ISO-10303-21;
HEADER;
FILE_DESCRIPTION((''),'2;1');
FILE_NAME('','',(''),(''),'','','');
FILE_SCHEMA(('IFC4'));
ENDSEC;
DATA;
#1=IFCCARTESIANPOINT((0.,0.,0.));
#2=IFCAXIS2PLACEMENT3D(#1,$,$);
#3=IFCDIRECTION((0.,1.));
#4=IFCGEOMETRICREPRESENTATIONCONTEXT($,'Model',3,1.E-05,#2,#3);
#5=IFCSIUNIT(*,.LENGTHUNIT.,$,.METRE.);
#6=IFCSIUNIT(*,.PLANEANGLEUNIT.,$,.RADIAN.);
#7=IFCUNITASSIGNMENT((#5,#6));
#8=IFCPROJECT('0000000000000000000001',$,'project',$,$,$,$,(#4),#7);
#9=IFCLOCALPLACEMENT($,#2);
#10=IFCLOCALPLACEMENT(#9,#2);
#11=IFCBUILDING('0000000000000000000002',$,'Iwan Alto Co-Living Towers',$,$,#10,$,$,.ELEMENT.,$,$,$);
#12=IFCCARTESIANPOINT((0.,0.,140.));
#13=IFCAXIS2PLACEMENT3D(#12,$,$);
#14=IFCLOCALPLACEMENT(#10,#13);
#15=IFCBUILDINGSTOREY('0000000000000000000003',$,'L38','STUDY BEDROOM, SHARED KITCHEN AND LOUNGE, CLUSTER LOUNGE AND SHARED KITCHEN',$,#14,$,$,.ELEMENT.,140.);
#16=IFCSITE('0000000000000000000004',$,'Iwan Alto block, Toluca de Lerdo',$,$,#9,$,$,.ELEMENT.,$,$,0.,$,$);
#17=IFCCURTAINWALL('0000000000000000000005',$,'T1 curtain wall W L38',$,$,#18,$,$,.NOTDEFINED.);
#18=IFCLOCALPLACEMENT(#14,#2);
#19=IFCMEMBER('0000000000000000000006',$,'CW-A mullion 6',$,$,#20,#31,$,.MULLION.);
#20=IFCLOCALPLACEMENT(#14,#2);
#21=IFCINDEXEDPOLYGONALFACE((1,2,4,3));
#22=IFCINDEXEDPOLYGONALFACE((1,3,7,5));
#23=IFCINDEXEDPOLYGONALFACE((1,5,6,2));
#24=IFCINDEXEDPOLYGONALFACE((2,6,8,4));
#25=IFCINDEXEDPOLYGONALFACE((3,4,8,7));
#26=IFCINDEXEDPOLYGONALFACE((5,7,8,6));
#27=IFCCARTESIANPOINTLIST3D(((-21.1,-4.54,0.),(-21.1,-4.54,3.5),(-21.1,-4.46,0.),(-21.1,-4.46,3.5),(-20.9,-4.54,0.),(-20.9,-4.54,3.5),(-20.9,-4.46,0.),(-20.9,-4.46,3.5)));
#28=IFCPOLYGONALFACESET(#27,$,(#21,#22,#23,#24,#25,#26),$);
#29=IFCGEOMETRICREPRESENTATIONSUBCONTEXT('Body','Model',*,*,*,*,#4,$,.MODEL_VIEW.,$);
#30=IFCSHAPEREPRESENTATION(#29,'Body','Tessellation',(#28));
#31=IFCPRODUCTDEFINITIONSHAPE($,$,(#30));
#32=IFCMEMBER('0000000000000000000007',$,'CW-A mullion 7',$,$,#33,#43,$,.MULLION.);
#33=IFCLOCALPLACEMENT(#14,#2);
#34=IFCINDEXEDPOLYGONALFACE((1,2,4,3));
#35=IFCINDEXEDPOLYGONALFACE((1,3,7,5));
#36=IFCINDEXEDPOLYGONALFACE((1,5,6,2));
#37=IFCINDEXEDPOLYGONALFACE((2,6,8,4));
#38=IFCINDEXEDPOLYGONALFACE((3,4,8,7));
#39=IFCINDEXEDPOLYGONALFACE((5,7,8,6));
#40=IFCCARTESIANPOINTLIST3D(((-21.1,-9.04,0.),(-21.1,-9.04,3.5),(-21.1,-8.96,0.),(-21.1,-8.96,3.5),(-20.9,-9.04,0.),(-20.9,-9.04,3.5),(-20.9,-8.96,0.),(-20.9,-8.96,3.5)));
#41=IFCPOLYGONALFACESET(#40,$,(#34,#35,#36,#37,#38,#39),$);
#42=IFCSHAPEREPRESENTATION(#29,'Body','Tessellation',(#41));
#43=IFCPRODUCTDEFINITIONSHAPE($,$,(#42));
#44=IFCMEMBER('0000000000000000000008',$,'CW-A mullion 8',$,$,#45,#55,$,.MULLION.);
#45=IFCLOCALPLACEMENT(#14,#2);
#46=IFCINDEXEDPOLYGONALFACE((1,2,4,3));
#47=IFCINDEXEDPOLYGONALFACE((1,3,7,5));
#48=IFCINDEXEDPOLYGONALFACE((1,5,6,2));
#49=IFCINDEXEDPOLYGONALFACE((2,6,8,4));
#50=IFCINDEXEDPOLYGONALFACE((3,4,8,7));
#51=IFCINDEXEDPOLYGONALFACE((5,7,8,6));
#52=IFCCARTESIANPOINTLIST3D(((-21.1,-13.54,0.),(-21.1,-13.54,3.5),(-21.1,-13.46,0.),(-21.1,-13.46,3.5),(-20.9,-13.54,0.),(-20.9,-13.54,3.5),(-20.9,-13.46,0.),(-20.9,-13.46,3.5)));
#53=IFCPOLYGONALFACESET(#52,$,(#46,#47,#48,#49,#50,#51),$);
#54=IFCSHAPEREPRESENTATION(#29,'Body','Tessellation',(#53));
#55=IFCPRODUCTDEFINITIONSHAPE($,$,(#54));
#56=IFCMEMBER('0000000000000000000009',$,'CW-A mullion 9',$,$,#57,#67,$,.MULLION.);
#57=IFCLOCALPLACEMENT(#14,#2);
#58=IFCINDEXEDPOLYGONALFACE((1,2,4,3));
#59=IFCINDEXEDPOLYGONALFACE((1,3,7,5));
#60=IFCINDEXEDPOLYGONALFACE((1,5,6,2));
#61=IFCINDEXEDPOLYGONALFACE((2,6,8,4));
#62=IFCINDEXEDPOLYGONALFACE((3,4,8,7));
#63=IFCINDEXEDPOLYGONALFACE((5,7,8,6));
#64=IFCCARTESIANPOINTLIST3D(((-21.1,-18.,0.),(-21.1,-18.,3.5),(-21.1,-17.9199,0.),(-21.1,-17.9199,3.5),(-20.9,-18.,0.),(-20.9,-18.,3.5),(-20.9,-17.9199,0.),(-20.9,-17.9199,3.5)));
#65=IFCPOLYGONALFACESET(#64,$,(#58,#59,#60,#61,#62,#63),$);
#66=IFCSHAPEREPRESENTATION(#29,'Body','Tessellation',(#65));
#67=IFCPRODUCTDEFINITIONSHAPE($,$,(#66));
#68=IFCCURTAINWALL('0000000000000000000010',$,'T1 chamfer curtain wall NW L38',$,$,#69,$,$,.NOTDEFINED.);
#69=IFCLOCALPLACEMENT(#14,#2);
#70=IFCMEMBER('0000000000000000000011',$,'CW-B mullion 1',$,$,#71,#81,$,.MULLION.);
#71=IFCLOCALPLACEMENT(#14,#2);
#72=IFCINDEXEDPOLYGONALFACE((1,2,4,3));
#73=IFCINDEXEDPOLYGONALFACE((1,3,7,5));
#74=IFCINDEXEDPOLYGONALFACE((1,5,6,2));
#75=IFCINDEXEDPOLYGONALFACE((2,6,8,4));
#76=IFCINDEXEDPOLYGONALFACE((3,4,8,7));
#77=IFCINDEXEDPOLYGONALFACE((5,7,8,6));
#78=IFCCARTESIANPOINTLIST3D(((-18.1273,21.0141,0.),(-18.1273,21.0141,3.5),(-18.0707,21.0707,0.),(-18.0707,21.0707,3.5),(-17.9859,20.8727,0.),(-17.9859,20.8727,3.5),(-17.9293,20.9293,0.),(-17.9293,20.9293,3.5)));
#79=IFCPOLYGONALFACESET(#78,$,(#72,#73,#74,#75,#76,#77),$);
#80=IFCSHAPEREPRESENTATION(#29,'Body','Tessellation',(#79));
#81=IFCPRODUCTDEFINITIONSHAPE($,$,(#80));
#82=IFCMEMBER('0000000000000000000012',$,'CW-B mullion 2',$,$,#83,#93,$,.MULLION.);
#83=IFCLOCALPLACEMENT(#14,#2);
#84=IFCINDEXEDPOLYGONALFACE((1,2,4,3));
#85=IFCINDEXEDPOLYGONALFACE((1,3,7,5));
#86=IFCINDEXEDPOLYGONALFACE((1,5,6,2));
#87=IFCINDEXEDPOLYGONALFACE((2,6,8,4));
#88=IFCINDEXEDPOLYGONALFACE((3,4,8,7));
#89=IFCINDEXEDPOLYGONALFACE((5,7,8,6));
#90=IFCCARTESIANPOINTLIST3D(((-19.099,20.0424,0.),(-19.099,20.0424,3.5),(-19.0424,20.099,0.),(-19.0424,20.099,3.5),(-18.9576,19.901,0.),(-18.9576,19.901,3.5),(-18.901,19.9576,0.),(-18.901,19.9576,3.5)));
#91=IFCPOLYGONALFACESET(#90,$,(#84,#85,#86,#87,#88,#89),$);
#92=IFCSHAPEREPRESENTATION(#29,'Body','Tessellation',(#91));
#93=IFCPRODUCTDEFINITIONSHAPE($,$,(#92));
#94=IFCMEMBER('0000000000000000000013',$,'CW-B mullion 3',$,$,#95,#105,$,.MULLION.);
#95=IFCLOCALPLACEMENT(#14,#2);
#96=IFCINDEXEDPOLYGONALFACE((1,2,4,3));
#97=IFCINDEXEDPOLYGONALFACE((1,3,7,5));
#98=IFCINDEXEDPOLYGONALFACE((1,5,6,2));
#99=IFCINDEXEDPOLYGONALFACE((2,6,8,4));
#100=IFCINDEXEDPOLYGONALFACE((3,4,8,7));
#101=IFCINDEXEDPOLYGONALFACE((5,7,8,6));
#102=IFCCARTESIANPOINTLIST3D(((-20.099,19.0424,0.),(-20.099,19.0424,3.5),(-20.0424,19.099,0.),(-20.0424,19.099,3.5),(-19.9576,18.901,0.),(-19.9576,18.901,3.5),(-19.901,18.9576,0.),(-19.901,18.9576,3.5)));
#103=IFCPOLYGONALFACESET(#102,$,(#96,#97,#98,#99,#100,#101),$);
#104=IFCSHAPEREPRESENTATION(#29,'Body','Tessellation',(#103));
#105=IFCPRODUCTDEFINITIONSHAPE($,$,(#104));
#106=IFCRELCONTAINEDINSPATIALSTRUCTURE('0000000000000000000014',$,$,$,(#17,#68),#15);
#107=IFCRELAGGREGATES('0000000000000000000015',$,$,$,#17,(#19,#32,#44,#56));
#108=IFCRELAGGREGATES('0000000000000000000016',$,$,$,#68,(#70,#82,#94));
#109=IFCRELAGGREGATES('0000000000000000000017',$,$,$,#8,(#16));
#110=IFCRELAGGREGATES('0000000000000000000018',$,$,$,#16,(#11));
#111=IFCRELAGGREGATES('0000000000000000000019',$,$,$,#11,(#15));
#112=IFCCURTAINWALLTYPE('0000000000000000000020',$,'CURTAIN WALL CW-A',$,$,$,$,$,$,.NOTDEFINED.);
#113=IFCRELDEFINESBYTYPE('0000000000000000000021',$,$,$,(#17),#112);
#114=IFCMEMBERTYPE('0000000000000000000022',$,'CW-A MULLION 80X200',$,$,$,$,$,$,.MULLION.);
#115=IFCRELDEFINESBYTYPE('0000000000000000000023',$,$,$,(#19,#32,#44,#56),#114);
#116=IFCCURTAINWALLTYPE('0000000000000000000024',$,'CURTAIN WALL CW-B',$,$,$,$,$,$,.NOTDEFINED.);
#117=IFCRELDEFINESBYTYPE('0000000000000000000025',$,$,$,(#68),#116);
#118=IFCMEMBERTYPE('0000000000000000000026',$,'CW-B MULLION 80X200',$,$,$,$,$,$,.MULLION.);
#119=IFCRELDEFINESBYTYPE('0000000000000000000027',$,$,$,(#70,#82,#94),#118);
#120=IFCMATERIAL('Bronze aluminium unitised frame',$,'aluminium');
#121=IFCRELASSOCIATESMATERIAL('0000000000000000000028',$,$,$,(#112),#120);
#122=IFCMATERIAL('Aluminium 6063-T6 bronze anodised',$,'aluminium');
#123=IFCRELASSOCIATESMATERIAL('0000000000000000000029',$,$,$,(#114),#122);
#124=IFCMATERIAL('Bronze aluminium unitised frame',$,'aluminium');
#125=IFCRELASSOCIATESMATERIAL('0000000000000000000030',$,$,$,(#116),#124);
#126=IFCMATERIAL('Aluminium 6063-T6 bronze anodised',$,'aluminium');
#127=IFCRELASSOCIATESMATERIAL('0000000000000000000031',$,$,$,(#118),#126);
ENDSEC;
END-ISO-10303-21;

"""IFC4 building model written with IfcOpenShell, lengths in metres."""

from ifc_helpers import new_model, si_unit, direction, frame, origin, origin_2d, place, context, subcontext, project, spatial, rectangle, extrude, material, material_profile, profile_set, type_object, element, aggregate, save


model = new_model("IFC4")

# Units and contexts
model_context = context("Model", 3, precision=1e-05, world=origin(), true_north=direction((0.0, 1.0)))
body_context = subcontext(model_context, "Body", "Model", "MODEL_VIEW")
ifc_project = project(units=[si_unit("LENGTHUNIT", "METRE"), si_unit("PLANEANGLEUNIT", "RADIAN")], contexts=[model_context])

# Site, building, storey
site_placement = place(None, origin())
site = spatial("IfcSite", under=ifc_project, at=site_placement, Name="Iwan Alto block, Toluca de Lerdo", CompositionType="ELEMENT", RefElevation=0.0)
building_placement = place(site_placement, origin())
building = spatial("IfcBuilding", under=site, at=building_placement, Name="Iwan Alto Co-Living Towers", CompositionType="ELEMENT")
storey_placement = place(building_placement, frame((0.0, 0.0, 140.0)))
storey = spatial("IfcBuildingStorey", under=building, at=storey_placement, Name="L38", Description="STUDY BEDROOM, SHARED KITCHEN AND LOUNGE, CLUSTER LOUNGE AND SHARED KITCHEN", CompositionType="ELEMENT", Elevation=140.0)

# Curtain walls, members
ifc_material_1 = material(Name="Bronze aluminium unitised frame", Category="aluminium")
curtain_wall_type_1 = type_object("IfcCurtainWallType", Name="CURTAIN WALL CW-A", PredefinedType="NOTDEFINED", material=ifc_material_1)
ifc_material_2 = material(Name="Aluminium 6063-T6 bronze anodised", Category="aluminium")
ifc_material_profile_1 = material_profile(ifc_material_2, rectangle(XDim=0.2, YDim=0.0801, at=origin_2d()), Name="AL 80X200")
ifc_profile_set_1 = profile_set([ifc_material_profile_1], Name="Aluminium 6063-T6 bronze anodised")
member_type_1 = type_object("IfcMemberType", Name="CW-A MULLION 80X200", PredefinedType="MULLION", material=ifc_profile_set_1)
curtain_wall_1_placement = place(storey_placement, origin())
curtain_wall_1 = element("IfcCurtainWall", 1, at=curtain_wall_1_placement, inside=storey, type_object=curtain_wall_type_1, Name="T1 curtain wall W L38", PredefinedType="NOTDEFINED")
member_1_placement = place(storey_placement, frame((-21.0, -4.5, 0.0), z_axis=(0.0, 0.0, 1.0), x_axis=(1.0, 0.0, 0.0)))
member_1 = element("IfcMember", 2, at=member_1_placement, type_object=member_type_1, Name="CW-A mullion 6", PredefinedType="MULLION", context=body_context, shape_type="SweptSolid", body=[
    extrude(rectangle(XDim=0.2, YDim=0.0801, at=origin_2d()), origin(), (0.0, 0.0, 1.0), 3.5),
])
member_2_placement = place(storey_placement, frame((-21.0, -9.0, 0.0), z_axis=(0.0, 0.0, 1.0), x_axis=(1.0, 0.0, 0.0)))
member_2 = element("IfcMember", 3, at=member_2_placement, type_object=member_type_1, Name="CW-A mullion 7", PredefinedType="MULLION", context=body_context, shape_type="SweptSolid", body=[
    extrude(rectangle(XDim=0.2, YDim=0.0801, at=origin_2d()), origin(), (0.0, 0.0, 1.0), 3.5),
])
member_3_placement = place(storey_placement, frame((-21.0, -13.5, 0.0), z_axis=(0.0, 0.0, 1.0), x_axis=(1.0, 0.0, 0.0)))
member_3 = element("IfcMember", 4, at=member_3_placement, type_object=member_type_1, Name="CW-A mullion 8", PredefinedType="MULLION", context=body_context, shape_type="SweptSolid", body=[
    extrude(rectangle(XDim=0.2, YDim=0.0801, at=origin_2d()), origin(), (0.0, 0.0, 1.0), 3.5),
])
member_4_placement = place(storey_placement, frame((-21.0, -17.96, 0.0), z_axis=(0.0, 0.0, 1.0), x_axis=(1.0, 0.0, 0.0)))
member_4 = element("IfcMember", 5, at=member_4_placement, type_object=member_type_1, Name="CW-A mullion 9", PredefinedType="MULLION", context=body_context, shape_type="SweptSolid", body=[
    extrude(rectangle(XDim=0.2, YDim=0.0801, at=origin_2d()), origin(), (0.0, 0.0, 1.0), 3.5),
])
aggregate(curtain_wall_1, [member_1, member_2, member_3, member_4])
ifc_material_3 = material(Name="Bronze aluminium unitised frame", Category="aluminium")
curtain_wall_type_2 = type_object("IfcCurtainWallType", Name="CURTAIN WALL CW-B", PredefinedType="NOTDEFINED", material=ifc_material_3)
curtain_wall_2_placement = place(storey_placement, origin())
curtain_wall_2 = element("IfcCurtainWall", 6, at=curtain_wall_2_placement, inside=storey, type_object=curtain_wall_type_2, Name="T1 chamfer curtain wall NW L38", PredefinedType="NOTDEFINED")
ifc_material_4 = material(Name="Aluminium 6063-T6 bronze anodised", Category="aluminium")
ifc_material_profile_2 = material_profile(ifc_material_4, rectangle(XDim=0.2, YDim=0.0801, at=origin_2d()), Name="AL 80X200")
ifc_profile_set_2 = profile_set([ifc_material_profile_2], Name="Aluminium 6063-T6 bronze anodised")
member_type_2 = type_object("IfcMemberType", Name="CW-B MULLION 80X200", PredefinedType="MULLION", material=ifc_profile_set_2)
member_5_placement = place(storey_placement, frame((-18.0283, 20.9717, 0.0), z_axis=(0.0, 0.0, 1.0), x_axis=(0.707107, -0.707107, 0.0)))
member_5 = element("IfcMember", 7, at=member_5_placement, type_object=member_type_2, Name="CW-B mullion 1", PredefinedType="MULLION", context=body_context, shape_type="SweptSolid", body=[
    extrude(rectangle(XDim=0.2, YDim=0.0801, at=origin_2d()), origin(), (0.0, 0.0, 1.0), 3.5),
])
member_6_placement = place(storey_placement, frame((-19.0, 20.0, 0.0), z_axis=(0.0, 0.0, 1.0), x_axis=(0.707107, -0.707107, 0.0)))
member_6 = element("IfcMember", 8, at=member_6_placement, type_object=member_type_2, Name="CW-B mullion 2", PredefinedType="MULLION", context=body_context, shape_type="SweptSolid", body=[
    extrude(rectangle(XDim=0.2, YDim=0.0801, at=origin_2d()), origin(), (0.0, 0.0, 1.0), 3.5),
])
member_7_placement = place(storey_placement, frame((-20.0, 19.0, 0.0), z_axis=(0.0, 0.0, 1.0), x_axis=(0.707107, -0.707107, 0.0)))
member_7 = element("IfcMember", 9, at=member_7_placement, type_object=member_type_2, Name="CW-B mullion 3", PredefinedType="MULLION", context=body_context, shape_type="SweptSolid", body=[
    extrude(rectangle(XDim=0.2, YDim=0.0801, at=origin_2d()), origin(), (0.0, 0.0, 1.0), 3.5),
])
aggregate(curtain_wall_2, [member_5, member_6, member_7])

save(model, "model.ifc")
